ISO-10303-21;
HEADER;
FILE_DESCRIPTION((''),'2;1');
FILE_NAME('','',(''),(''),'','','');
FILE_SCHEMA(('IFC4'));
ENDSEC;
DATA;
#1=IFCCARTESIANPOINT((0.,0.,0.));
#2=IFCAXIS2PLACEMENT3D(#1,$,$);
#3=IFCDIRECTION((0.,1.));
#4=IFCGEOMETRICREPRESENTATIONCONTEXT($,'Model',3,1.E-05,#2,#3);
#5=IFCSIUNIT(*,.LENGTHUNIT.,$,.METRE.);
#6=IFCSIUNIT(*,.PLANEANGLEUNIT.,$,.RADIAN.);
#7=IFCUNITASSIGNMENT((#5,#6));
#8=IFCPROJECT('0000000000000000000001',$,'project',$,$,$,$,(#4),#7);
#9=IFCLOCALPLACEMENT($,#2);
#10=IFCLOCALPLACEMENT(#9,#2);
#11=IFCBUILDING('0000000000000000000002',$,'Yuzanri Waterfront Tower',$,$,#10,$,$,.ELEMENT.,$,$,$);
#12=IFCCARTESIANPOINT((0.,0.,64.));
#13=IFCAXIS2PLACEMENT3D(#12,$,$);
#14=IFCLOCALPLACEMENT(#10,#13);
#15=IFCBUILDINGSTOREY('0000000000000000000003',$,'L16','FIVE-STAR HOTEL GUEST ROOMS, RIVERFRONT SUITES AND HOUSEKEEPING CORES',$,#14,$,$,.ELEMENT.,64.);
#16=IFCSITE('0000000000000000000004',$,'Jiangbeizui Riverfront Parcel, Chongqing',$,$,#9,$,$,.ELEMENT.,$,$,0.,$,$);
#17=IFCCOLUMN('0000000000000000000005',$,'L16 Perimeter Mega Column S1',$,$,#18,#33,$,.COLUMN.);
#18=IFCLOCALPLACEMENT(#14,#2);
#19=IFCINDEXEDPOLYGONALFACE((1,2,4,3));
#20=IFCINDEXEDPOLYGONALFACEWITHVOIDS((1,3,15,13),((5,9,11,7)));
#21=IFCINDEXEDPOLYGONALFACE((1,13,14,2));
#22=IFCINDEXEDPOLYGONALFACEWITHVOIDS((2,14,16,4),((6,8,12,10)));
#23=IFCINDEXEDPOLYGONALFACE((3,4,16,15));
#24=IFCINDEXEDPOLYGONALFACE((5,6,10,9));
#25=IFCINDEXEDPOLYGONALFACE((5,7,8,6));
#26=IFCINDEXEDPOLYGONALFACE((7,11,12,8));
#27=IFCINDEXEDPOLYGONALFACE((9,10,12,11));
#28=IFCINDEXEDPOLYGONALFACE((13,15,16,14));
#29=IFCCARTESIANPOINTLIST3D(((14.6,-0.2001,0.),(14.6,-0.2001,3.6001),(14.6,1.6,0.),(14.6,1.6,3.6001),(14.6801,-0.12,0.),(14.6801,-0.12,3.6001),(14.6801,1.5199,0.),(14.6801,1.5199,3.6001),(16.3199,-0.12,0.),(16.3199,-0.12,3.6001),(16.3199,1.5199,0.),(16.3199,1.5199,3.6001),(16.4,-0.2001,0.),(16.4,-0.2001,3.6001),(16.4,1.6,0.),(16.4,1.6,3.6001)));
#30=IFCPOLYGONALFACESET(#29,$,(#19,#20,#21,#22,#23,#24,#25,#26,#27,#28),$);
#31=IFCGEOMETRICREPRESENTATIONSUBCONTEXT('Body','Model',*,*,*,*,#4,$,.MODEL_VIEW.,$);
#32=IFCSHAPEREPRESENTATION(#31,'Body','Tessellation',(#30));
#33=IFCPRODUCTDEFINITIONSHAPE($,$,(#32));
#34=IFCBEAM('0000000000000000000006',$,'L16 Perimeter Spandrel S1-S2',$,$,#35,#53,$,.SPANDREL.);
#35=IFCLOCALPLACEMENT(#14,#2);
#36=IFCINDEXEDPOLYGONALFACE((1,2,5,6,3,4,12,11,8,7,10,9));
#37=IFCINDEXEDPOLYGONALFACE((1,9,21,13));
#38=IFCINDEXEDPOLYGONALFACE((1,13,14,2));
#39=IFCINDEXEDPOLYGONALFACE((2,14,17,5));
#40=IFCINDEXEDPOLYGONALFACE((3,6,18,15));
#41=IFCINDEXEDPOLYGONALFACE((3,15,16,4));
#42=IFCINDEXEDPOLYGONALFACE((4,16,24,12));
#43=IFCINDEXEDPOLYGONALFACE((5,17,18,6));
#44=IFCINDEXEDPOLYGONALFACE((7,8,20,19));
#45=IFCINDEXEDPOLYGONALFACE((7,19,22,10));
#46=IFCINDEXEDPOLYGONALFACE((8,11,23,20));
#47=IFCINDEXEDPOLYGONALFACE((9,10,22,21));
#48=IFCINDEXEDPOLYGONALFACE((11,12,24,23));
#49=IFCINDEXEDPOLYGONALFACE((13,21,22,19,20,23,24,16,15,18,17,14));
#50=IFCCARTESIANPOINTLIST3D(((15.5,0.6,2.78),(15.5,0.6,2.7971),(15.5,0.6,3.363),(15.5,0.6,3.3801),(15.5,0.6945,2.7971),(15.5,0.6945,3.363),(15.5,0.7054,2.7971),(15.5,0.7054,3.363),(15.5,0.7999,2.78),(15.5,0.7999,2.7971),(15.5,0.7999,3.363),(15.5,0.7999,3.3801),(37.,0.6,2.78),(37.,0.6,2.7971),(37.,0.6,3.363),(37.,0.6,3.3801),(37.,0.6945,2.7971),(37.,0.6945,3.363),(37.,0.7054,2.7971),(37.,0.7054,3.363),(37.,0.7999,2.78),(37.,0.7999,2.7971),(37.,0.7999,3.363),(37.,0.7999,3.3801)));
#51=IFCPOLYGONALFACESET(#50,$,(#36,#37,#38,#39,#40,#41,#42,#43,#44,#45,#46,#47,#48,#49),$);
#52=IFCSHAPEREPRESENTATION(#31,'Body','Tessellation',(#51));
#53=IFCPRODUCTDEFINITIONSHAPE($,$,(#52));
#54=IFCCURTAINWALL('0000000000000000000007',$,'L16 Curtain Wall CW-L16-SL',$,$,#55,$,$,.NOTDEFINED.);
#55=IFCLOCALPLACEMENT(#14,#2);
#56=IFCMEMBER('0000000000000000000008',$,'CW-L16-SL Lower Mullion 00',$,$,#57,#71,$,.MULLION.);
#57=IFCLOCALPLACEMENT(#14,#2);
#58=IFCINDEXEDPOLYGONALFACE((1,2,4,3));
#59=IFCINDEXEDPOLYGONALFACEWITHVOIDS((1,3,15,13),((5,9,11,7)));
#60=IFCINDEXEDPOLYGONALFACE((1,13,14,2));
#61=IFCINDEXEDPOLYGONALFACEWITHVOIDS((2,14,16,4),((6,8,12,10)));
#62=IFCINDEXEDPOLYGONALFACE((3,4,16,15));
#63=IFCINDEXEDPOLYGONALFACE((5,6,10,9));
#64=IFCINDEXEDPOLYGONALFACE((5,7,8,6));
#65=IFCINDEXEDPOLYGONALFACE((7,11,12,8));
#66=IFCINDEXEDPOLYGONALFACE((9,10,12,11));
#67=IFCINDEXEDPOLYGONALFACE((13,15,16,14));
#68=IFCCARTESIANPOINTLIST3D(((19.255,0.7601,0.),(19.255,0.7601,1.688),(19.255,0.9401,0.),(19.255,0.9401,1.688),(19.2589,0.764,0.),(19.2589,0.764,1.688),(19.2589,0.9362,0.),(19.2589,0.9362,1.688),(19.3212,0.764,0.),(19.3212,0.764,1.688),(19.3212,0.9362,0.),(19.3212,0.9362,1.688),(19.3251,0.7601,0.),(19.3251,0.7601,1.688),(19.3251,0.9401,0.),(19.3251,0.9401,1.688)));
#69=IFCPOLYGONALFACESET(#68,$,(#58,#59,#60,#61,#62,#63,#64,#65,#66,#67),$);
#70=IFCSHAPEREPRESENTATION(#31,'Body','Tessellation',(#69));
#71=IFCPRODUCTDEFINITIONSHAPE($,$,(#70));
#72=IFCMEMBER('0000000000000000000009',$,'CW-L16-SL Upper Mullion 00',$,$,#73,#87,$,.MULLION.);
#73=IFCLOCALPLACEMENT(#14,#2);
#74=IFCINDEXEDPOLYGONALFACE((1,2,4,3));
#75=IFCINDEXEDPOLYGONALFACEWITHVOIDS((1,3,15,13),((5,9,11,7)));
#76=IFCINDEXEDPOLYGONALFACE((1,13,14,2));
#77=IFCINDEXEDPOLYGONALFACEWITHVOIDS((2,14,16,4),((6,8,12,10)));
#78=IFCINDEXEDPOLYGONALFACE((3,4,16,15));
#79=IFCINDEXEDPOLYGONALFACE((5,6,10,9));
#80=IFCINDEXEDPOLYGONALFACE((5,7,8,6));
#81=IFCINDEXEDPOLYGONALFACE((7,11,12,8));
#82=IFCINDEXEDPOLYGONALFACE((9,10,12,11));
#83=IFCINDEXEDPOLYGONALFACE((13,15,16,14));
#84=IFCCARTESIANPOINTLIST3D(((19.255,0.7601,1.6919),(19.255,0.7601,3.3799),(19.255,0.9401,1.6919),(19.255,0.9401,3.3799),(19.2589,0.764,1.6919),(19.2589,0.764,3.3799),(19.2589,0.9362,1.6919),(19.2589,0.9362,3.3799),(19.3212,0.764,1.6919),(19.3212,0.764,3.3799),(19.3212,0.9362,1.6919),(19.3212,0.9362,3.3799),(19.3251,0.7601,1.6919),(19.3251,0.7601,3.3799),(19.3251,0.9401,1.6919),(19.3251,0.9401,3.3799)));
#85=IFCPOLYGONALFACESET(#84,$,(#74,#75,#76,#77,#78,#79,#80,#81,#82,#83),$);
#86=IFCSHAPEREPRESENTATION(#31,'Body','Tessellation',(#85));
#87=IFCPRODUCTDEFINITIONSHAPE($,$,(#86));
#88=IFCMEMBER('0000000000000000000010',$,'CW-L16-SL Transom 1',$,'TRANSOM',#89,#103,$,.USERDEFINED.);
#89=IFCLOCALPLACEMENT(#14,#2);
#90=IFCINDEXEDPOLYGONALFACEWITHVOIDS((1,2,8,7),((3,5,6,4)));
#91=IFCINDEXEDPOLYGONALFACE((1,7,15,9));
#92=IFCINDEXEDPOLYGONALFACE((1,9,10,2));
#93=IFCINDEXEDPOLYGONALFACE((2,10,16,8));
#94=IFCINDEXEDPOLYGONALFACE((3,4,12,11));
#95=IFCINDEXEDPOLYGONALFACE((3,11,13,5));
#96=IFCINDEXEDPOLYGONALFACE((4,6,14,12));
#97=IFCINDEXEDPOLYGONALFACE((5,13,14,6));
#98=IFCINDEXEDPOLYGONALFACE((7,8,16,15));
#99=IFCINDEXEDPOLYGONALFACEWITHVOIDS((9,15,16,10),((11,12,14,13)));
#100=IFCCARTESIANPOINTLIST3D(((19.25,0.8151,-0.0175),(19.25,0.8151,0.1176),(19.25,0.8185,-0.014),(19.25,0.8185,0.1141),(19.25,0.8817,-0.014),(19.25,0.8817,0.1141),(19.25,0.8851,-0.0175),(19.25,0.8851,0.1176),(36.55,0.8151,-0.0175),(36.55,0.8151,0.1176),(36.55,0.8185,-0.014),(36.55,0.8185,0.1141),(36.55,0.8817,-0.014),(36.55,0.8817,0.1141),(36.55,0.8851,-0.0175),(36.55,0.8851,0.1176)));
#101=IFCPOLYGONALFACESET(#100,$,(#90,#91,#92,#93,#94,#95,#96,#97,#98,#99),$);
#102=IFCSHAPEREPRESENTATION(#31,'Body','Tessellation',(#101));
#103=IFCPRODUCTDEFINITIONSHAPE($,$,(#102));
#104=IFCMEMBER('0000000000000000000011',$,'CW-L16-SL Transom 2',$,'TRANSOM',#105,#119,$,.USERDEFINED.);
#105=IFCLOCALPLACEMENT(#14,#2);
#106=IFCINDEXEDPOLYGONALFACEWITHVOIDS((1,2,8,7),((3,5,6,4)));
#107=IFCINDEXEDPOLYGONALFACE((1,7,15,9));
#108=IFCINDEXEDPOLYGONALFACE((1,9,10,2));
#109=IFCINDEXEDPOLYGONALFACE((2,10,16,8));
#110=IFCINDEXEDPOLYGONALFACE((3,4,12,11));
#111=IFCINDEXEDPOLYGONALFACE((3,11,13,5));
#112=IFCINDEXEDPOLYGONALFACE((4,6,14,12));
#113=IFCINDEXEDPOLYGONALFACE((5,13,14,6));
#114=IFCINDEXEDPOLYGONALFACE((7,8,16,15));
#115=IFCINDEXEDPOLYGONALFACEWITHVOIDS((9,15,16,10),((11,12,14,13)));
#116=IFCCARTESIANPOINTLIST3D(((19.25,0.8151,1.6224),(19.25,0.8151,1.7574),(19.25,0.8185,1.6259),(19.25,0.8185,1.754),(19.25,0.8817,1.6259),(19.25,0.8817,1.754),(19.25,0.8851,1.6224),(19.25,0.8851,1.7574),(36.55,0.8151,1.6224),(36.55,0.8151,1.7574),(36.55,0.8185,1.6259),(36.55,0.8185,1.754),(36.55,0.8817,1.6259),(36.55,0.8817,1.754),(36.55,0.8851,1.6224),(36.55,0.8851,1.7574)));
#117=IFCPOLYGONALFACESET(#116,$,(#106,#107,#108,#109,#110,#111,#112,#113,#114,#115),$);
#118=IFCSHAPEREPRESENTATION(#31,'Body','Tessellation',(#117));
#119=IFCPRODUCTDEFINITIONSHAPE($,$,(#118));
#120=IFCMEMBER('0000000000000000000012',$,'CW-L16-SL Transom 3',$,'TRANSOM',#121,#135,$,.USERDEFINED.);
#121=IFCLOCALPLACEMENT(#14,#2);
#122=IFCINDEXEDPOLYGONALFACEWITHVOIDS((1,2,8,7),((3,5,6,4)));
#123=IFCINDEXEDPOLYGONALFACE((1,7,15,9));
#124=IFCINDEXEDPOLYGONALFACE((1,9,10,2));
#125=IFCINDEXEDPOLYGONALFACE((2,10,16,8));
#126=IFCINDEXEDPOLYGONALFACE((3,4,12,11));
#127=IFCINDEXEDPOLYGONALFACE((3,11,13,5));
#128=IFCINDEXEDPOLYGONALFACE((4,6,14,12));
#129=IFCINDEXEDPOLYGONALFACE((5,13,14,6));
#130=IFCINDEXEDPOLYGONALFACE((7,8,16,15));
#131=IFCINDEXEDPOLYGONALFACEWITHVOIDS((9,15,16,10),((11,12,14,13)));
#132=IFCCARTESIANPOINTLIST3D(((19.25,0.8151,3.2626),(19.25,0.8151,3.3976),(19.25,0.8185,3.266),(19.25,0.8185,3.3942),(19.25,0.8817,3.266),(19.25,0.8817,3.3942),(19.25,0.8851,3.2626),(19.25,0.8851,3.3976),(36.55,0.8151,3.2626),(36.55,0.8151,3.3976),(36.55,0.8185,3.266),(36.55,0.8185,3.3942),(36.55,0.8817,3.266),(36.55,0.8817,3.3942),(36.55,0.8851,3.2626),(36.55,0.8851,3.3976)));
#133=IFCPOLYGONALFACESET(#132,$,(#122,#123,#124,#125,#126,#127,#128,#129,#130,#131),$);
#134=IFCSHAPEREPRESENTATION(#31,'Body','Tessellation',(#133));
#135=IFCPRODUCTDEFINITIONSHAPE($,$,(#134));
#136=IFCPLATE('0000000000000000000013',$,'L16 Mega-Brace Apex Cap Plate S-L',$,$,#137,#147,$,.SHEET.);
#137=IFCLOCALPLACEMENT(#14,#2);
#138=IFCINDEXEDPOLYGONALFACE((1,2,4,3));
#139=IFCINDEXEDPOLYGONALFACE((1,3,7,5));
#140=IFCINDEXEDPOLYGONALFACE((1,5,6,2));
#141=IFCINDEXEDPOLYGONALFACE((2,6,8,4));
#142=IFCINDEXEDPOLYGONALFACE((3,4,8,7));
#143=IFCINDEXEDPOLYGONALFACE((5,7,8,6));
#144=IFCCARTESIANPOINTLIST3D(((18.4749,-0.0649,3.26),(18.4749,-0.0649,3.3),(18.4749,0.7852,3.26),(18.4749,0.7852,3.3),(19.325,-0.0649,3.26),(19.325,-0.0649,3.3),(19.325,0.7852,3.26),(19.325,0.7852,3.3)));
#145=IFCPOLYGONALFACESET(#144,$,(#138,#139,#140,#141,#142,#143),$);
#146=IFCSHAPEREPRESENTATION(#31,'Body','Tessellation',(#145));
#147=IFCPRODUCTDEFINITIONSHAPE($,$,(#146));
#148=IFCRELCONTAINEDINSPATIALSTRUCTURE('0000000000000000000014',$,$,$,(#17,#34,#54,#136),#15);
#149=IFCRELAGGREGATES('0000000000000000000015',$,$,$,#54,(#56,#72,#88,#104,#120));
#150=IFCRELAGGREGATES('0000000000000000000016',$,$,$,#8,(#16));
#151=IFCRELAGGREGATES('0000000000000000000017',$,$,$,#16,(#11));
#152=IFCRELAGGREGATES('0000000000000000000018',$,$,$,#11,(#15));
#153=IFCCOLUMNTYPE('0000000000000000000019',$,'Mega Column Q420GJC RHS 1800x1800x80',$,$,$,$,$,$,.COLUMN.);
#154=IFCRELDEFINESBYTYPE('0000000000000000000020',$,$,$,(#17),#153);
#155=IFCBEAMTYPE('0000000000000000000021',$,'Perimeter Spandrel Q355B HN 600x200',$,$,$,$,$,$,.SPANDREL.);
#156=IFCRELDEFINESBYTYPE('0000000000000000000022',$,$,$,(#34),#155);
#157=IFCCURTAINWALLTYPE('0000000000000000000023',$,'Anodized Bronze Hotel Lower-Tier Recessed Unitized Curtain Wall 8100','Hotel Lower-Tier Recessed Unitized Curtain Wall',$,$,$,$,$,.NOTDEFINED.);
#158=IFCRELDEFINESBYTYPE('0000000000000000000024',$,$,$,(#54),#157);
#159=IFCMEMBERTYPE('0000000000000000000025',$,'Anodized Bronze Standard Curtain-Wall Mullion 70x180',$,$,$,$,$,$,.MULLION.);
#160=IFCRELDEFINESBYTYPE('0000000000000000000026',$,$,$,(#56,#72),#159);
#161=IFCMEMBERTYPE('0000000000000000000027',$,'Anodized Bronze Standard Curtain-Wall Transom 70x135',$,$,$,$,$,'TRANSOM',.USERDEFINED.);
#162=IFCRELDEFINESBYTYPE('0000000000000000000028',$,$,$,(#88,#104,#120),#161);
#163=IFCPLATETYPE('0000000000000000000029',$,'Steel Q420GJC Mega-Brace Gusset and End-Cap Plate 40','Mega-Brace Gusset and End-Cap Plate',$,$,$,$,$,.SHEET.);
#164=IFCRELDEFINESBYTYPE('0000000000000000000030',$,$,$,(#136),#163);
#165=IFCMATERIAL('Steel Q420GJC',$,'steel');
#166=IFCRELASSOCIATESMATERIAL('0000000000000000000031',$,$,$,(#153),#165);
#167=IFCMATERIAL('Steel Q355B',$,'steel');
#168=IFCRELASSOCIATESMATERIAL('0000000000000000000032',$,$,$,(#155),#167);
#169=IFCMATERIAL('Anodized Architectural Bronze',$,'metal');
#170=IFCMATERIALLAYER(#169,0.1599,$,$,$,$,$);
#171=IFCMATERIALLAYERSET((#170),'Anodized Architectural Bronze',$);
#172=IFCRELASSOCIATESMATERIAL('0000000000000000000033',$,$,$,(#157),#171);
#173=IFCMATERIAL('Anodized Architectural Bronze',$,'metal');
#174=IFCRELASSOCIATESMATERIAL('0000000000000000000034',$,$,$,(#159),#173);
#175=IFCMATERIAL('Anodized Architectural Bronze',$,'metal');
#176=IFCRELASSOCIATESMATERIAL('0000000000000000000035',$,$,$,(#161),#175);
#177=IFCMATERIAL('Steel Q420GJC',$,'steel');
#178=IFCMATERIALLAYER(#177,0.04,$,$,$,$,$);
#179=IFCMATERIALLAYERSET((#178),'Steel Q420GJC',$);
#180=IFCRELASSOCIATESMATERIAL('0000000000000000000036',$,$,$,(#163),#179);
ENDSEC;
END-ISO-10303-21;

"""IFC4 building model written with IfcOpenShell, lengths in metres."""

from ifc_helpers import new_model, si_unit, direction, frame, origin, origin_2d, place, context, subcontext, project, spatial, rectangle, hollow_rectangle, i_section, extrude, source, transform, mapped, material, layer, layer_set, material_profile, profile_set, type_object, element, aggregate, save


model = new_model("IFC4")

# Units and contexts
model_context = context("Model", 3, precision=1e-05, world=origin(), true_north=direction((0.0, 1.0)))
body_context = subcontext(model_context, "Body", "Model", "MODEL_VIEW")
ifc_project = project(units=[si_unit("LENGTHUNIT", "METRE"), si_unit("PLANEANGLEUNIT", "RADIAN")], contexts=[model_context])

# Site, building, storey
site_placement = place(None, origin())
site = spatial("IfcSite", under=ifc_project, at=site_placement, Name="Jiangbeizui Riverfront Parcel, Chongqing", CompositionType="ELEMENT", RefElevation=0.0)
building_placement = place(site_placement, origin())
building = spatial("IfcBuilding", under=site, at=building_placement, Name="Yuzanri Waterfront Tower", CompositionType="ELEMENT")
storey_placement = place(building_placement, frame((0.0, 0.0, 64.0)))
storey = spatial("IfcBuildingStorey", under=building, at=storey_placement, Name="L16", Description="FIVE-STAR HOTEL GUEST ROOMS, RIVERFRONT SUITES AND HOUSEKEEPING CORES", CompositionType="ELEMENT", Elevation=64.0)

# Column
ifc_material_1 = material(Name="Steel Q420GJC", Category="steel")
ifc_material_profile_1 = material_profile(ifc_material_1, hollow_rectangle(XDim=1.8, YDim=1.8, WallThickness=0.0801, at=origin_2d()), Name="RHS 1800x1800x80")
ifc_profile_set_1 = profile_set([ifc_material_profile_1], Name="Steel Q420GJC")
column_type = type_object("IfcColumnType", Name="Mega Column Q420GJC RHS 1800x1800x80", PredefinedType="COLUMN", material=ifc_profile_set_1)
shared_shape_1 = source(origin(), body_context, "Body", "SweptSolid", [
    extrude(hollow_rectangle(XDim=1.8, YDim=1.8, WallThickness=0.0801, at=origin_2d()), origin(), (0.0, 0.0, 1.0), 3.6001),
])
column_placement = place(storey_placement, frame((15.5, 0.7, 0.0), z_axis=(0.0, 0.0, 1.0), x_axis=(1.0, 0.0, 0.0)))
element("IfcColumn", 1, at=column_placement, inside=storey, type_object=column_type, Name="L16 Perimeter Mega Column S1", PredefinedType="COLUMN", context=body_context, shape_type="MappedRepresentation", body=[
    mapped(shared_shape_1, transform((0.0, 0.0, 0.0), scale=1.0)),
])

# Beam
ifc_material_2 = material(Name="Steel Q355B", Category="steel")
ifc_material_profile_2 = material_profile(ifc_material_2, i_section(OverallWidth=0.2, OverallDepth=0.6001, WebThickness=0.011, FlangeThickness=0.0171, at=origin_2d()), Name="HN 600x200x11x17")
ifc_profile_set_2 = profile_set([ifc_material_profile_2], Name="Steel Q355B")
beam_type = type_object("IfcBeamType", Name="Perimeter Spandrel Q355B HN 600x200", PredefinedType="SPANDREL", material=ifc_profile_set_2)
shared_shape_2 = source(origin(), body_context, "Body", "SweptSolid", [
    extrude(i_section(OverallWidth=0.2, OverallDepth=0.6001, WebThickness=0.011, FlangeThickness=0.0171, at=origin_2d()), origin(), (0.0, 0.0, 1.0), 21.5),
])
beam_placement = place(storey_placement, frame((15.5, 0.7, 3.0801), z_axis=(1.0, 0.0, 0.0), x_axis=(0.0, 1.0, 0.0)))
element("IfcBeam", 2, at=beam_placement, inside=storey, type_object=beam_type, Name="L16 Perimeter Spandrel S1-S2", PredefinedType="SPANDREL", context=body_context, shape_type="MappedRepresentation", body=[
    mapped(shared_shape_2, transform((0.0, 0.0, 0.0), scale=1.0)),
])

# Curtain wall, members
ifc_material_3 = material(Name="Anodized Architectural Bronze", Category="metal")
ifc_layer_1 = layer(ifc_material_3, 0.1599)
ifc_layer_set_1 = layer_set([ifc_layer_1], Name="Anodized Architectural Bronze")
curtain_wall_type = type_object("IfcCurtainWallType", Name="Anodized Bronze Hotel Lower-Tier Recessed Unitized Curtain Wall 8100", Description="Hotel Lower-Tier Recessed Unitized Curtain Wall", PredefinedType="NOTDEFINED", material=ifc_layer_set_1)
curtain_wall_placement = place(storey_placement, origin())
curtain_wall = element("IfcCurtainWall", 3, at=curtain_wall_placement, inside=storey, type_object=curtain_wall_type, Name="L16 Curtain Wall CW-L16-SL", PredefinedType="NOTDEFINED")
ifc_material_4 = material(Name="Anodized Architectural Bronze", Category="metal")
ifc_material_profile_3 = material_profile(ifc_material_4, hollow_rectangle(XDim=0.0701, YDim=0.1799, WallThickness=0.0039, at=origin_2d()), Name="CWM 70x180")
ifc_profile_set_3 = profile_set([ifc_material_profile_3], Name="Anodized Architectural Bronze")
member_type_1 = type_object("IfcMemberType", Name="Anodized Bronze Standard Curtain-Wall Mullion 70x180", PredefinedType="MULLION", material=ifc_profile_set_3)
shared_shape_3 = source(origin(), body_context, "Body", "SweptSolid", [
    extrude(hollow_rectangle(XDim=0.0701, YDim=0.1799, WallThickness=0.0039, at=origin_2d()), origin(), (0.0, 0.0, 1.0), 1.688),
])
member_1_placement = place(storey_placement, frame((19.29, 0.8501, 0.0), z_axis=(0.0, 0.0, 1.0), x_axis=(1.0, 0.0, 0.0)))
member_1 = element("IfcMember", 4, at=member_1_placement, type_object=member_type_1, Name="CW-L16-SL Lower Mullion 00", PredefinedType="MULLION", context=body_context, shape_type="MappedRepresentation", body=[
    mapped(shared_shape_3, transform((0.0, 0.0, 0.0), scale=1.0)),
])
member_2_placement = place(storey_placement, frame((19.29, 0.8501, 1.6919), z_axis=(0.0, 0.0, 1.0), x_axis=(1.0, 0.0, 0.0)))
member_2 = element("IfcMember", 5, at=member_2_placement, type_object=member_type_1, Name="CW-L16-SL Upper Mullion 00", PredefinedType="MULLION", context=body_context, shape_type="MappedRepresentation", body=[
    mapped(shared_shape_3, transform((0.0, 0.0, 0.0), scale=1.0)),
])
ifc_material_5 = material(Name="Anodized Architectural Bronze", Category="metal")
ifc_material_profile_4 = material_profile(ifc_material_5, hollow_rectangle(XDim=0.0701, YDim=0.135, WallThickness=0.0034, at=origin_2d()), Name="CWT 70x135")
ifc_profile_set_4 = profile_set([ifc_material_profile_4], Name="Anodized Architectural Bronze")
member_type_2 = type_object("IfcMemberType", Name="Anodized Bronze Standard Curtain-Wall Transom 70x135", ElementType="TRANSOM", PredefinedType="USERDEFINED", material=ifc_profile_set_4)
shared_shape_4 = source(origin(), body_context, "Body", "SweptSolid", [
    extrude(hollow_rectangle(XDim=0.0701, YDim=0.135, WallThickness=0.0034, at=origin_2d()), origin(), (0.0, 0.0, 1.0), 17.3),
])
member_3_placement = place(storey_placement, frame((19.25, 0.8501, 0.05), z_axis=(1.0, 0.0, 0.0), x_axis=(0.0, 1.0, 0.0)))
member_3 = element("IfcMember", 6, at=member_3_placement, type_object=member_type_2, Name="CW-L16-SL Transom 1", ObjectType="TRANSOM", PredefinedType="USERDEFINED", context=body_context, shape_type="MappedRepresentation", body=[
    mapped(shared_shape_4, transform((0.0, 0.0, 0.0), scale=1.0)),
])
member_4_placement = place(storey_placement, frame((19.25, 0.8501, 1.6899), z_axis=(1.0, 0.0, 0.0), x_axis=(0.0, 1.0, 0.0)))
member_4 = element("IfcMember", 7, at=member_4_placement, type_object=member_type_2, Name="CW-L16-SL Transom 2", ObjectType="TRANSOM", PredefinedType="USERDEFINED", context=body_context, shape_type="MappedRepresentation", body=[
    mapped(shared_shape_4, transform((0.0, 0.0, 0.0), scale=1.0)),
])
member_5_placement = place(storey_placement, frame((19.25, 0.8501, 3.3301), z_axis=(1.0, 0.0, 0.0), x_axis=(0.0, 1.0, 0.0)))
member_5 = element("IfcMember", 8, at=member_5_placement, type_object=member_type_2, Name="CW-L16-SL Transom 3", ObjectType="TRANSOM", PredefinedType="USERDEFINED", context=body_context, shape_type="MappedRepresentation", body=[
    mapped(shared_shape_4, transform((0.0, 0.0, 0.0), scale=1.0)),
])
aggregate(curtain_wall, [member_1, member_2, member_3, member_4, member_5])

# Plate
ifc_material_6 = material(Name="Steel Q420GJC", Category="steel")
ifc_layer_2 = layer(ifc_material_6, 0.04)
ifc_layer_set_2 = layer_set([ifc_layer_2], Name="Steel Q420GJC")
plate_type = type_object("IfcPlateType", Name="Steel Q420GJC Mega-Brace Gusset and End-Cap Plate 40", Description="Mega-Brace Gusset and End-Cap Plate", PredefinedType="SHEET", material=ifc_layer_set_2)
shared_shape_5 = source(origin(), body_context, "Body", "SweptSolid", [
    extrude(rectangle(XDim=0.8501, YDim=0.8501, at=origin_2d()), origin(), (0.0, 0.0, 1.0), 0.04),
])
plate_placement = place(storey_placement, frame((18.8999, 0.3601, 3.26), z_axis=(0.0, 0.0, 1.0), x_axis=(1.0, 0.0, 0.0)))
element("IfcPlate", 9, at=plate_placement, inside=storey, type_object=plate_type, Name="L16 Mega-Brace Apex Cap Plate S-L", PredefinedType="SHEET", context=body_context, shape_type="MappedRepresentation", body=[
    mapped(shared_shape_5, transform((0.0, 0.0, 0.0), scale=1.0)),
])

save(model, "model.ifc")
